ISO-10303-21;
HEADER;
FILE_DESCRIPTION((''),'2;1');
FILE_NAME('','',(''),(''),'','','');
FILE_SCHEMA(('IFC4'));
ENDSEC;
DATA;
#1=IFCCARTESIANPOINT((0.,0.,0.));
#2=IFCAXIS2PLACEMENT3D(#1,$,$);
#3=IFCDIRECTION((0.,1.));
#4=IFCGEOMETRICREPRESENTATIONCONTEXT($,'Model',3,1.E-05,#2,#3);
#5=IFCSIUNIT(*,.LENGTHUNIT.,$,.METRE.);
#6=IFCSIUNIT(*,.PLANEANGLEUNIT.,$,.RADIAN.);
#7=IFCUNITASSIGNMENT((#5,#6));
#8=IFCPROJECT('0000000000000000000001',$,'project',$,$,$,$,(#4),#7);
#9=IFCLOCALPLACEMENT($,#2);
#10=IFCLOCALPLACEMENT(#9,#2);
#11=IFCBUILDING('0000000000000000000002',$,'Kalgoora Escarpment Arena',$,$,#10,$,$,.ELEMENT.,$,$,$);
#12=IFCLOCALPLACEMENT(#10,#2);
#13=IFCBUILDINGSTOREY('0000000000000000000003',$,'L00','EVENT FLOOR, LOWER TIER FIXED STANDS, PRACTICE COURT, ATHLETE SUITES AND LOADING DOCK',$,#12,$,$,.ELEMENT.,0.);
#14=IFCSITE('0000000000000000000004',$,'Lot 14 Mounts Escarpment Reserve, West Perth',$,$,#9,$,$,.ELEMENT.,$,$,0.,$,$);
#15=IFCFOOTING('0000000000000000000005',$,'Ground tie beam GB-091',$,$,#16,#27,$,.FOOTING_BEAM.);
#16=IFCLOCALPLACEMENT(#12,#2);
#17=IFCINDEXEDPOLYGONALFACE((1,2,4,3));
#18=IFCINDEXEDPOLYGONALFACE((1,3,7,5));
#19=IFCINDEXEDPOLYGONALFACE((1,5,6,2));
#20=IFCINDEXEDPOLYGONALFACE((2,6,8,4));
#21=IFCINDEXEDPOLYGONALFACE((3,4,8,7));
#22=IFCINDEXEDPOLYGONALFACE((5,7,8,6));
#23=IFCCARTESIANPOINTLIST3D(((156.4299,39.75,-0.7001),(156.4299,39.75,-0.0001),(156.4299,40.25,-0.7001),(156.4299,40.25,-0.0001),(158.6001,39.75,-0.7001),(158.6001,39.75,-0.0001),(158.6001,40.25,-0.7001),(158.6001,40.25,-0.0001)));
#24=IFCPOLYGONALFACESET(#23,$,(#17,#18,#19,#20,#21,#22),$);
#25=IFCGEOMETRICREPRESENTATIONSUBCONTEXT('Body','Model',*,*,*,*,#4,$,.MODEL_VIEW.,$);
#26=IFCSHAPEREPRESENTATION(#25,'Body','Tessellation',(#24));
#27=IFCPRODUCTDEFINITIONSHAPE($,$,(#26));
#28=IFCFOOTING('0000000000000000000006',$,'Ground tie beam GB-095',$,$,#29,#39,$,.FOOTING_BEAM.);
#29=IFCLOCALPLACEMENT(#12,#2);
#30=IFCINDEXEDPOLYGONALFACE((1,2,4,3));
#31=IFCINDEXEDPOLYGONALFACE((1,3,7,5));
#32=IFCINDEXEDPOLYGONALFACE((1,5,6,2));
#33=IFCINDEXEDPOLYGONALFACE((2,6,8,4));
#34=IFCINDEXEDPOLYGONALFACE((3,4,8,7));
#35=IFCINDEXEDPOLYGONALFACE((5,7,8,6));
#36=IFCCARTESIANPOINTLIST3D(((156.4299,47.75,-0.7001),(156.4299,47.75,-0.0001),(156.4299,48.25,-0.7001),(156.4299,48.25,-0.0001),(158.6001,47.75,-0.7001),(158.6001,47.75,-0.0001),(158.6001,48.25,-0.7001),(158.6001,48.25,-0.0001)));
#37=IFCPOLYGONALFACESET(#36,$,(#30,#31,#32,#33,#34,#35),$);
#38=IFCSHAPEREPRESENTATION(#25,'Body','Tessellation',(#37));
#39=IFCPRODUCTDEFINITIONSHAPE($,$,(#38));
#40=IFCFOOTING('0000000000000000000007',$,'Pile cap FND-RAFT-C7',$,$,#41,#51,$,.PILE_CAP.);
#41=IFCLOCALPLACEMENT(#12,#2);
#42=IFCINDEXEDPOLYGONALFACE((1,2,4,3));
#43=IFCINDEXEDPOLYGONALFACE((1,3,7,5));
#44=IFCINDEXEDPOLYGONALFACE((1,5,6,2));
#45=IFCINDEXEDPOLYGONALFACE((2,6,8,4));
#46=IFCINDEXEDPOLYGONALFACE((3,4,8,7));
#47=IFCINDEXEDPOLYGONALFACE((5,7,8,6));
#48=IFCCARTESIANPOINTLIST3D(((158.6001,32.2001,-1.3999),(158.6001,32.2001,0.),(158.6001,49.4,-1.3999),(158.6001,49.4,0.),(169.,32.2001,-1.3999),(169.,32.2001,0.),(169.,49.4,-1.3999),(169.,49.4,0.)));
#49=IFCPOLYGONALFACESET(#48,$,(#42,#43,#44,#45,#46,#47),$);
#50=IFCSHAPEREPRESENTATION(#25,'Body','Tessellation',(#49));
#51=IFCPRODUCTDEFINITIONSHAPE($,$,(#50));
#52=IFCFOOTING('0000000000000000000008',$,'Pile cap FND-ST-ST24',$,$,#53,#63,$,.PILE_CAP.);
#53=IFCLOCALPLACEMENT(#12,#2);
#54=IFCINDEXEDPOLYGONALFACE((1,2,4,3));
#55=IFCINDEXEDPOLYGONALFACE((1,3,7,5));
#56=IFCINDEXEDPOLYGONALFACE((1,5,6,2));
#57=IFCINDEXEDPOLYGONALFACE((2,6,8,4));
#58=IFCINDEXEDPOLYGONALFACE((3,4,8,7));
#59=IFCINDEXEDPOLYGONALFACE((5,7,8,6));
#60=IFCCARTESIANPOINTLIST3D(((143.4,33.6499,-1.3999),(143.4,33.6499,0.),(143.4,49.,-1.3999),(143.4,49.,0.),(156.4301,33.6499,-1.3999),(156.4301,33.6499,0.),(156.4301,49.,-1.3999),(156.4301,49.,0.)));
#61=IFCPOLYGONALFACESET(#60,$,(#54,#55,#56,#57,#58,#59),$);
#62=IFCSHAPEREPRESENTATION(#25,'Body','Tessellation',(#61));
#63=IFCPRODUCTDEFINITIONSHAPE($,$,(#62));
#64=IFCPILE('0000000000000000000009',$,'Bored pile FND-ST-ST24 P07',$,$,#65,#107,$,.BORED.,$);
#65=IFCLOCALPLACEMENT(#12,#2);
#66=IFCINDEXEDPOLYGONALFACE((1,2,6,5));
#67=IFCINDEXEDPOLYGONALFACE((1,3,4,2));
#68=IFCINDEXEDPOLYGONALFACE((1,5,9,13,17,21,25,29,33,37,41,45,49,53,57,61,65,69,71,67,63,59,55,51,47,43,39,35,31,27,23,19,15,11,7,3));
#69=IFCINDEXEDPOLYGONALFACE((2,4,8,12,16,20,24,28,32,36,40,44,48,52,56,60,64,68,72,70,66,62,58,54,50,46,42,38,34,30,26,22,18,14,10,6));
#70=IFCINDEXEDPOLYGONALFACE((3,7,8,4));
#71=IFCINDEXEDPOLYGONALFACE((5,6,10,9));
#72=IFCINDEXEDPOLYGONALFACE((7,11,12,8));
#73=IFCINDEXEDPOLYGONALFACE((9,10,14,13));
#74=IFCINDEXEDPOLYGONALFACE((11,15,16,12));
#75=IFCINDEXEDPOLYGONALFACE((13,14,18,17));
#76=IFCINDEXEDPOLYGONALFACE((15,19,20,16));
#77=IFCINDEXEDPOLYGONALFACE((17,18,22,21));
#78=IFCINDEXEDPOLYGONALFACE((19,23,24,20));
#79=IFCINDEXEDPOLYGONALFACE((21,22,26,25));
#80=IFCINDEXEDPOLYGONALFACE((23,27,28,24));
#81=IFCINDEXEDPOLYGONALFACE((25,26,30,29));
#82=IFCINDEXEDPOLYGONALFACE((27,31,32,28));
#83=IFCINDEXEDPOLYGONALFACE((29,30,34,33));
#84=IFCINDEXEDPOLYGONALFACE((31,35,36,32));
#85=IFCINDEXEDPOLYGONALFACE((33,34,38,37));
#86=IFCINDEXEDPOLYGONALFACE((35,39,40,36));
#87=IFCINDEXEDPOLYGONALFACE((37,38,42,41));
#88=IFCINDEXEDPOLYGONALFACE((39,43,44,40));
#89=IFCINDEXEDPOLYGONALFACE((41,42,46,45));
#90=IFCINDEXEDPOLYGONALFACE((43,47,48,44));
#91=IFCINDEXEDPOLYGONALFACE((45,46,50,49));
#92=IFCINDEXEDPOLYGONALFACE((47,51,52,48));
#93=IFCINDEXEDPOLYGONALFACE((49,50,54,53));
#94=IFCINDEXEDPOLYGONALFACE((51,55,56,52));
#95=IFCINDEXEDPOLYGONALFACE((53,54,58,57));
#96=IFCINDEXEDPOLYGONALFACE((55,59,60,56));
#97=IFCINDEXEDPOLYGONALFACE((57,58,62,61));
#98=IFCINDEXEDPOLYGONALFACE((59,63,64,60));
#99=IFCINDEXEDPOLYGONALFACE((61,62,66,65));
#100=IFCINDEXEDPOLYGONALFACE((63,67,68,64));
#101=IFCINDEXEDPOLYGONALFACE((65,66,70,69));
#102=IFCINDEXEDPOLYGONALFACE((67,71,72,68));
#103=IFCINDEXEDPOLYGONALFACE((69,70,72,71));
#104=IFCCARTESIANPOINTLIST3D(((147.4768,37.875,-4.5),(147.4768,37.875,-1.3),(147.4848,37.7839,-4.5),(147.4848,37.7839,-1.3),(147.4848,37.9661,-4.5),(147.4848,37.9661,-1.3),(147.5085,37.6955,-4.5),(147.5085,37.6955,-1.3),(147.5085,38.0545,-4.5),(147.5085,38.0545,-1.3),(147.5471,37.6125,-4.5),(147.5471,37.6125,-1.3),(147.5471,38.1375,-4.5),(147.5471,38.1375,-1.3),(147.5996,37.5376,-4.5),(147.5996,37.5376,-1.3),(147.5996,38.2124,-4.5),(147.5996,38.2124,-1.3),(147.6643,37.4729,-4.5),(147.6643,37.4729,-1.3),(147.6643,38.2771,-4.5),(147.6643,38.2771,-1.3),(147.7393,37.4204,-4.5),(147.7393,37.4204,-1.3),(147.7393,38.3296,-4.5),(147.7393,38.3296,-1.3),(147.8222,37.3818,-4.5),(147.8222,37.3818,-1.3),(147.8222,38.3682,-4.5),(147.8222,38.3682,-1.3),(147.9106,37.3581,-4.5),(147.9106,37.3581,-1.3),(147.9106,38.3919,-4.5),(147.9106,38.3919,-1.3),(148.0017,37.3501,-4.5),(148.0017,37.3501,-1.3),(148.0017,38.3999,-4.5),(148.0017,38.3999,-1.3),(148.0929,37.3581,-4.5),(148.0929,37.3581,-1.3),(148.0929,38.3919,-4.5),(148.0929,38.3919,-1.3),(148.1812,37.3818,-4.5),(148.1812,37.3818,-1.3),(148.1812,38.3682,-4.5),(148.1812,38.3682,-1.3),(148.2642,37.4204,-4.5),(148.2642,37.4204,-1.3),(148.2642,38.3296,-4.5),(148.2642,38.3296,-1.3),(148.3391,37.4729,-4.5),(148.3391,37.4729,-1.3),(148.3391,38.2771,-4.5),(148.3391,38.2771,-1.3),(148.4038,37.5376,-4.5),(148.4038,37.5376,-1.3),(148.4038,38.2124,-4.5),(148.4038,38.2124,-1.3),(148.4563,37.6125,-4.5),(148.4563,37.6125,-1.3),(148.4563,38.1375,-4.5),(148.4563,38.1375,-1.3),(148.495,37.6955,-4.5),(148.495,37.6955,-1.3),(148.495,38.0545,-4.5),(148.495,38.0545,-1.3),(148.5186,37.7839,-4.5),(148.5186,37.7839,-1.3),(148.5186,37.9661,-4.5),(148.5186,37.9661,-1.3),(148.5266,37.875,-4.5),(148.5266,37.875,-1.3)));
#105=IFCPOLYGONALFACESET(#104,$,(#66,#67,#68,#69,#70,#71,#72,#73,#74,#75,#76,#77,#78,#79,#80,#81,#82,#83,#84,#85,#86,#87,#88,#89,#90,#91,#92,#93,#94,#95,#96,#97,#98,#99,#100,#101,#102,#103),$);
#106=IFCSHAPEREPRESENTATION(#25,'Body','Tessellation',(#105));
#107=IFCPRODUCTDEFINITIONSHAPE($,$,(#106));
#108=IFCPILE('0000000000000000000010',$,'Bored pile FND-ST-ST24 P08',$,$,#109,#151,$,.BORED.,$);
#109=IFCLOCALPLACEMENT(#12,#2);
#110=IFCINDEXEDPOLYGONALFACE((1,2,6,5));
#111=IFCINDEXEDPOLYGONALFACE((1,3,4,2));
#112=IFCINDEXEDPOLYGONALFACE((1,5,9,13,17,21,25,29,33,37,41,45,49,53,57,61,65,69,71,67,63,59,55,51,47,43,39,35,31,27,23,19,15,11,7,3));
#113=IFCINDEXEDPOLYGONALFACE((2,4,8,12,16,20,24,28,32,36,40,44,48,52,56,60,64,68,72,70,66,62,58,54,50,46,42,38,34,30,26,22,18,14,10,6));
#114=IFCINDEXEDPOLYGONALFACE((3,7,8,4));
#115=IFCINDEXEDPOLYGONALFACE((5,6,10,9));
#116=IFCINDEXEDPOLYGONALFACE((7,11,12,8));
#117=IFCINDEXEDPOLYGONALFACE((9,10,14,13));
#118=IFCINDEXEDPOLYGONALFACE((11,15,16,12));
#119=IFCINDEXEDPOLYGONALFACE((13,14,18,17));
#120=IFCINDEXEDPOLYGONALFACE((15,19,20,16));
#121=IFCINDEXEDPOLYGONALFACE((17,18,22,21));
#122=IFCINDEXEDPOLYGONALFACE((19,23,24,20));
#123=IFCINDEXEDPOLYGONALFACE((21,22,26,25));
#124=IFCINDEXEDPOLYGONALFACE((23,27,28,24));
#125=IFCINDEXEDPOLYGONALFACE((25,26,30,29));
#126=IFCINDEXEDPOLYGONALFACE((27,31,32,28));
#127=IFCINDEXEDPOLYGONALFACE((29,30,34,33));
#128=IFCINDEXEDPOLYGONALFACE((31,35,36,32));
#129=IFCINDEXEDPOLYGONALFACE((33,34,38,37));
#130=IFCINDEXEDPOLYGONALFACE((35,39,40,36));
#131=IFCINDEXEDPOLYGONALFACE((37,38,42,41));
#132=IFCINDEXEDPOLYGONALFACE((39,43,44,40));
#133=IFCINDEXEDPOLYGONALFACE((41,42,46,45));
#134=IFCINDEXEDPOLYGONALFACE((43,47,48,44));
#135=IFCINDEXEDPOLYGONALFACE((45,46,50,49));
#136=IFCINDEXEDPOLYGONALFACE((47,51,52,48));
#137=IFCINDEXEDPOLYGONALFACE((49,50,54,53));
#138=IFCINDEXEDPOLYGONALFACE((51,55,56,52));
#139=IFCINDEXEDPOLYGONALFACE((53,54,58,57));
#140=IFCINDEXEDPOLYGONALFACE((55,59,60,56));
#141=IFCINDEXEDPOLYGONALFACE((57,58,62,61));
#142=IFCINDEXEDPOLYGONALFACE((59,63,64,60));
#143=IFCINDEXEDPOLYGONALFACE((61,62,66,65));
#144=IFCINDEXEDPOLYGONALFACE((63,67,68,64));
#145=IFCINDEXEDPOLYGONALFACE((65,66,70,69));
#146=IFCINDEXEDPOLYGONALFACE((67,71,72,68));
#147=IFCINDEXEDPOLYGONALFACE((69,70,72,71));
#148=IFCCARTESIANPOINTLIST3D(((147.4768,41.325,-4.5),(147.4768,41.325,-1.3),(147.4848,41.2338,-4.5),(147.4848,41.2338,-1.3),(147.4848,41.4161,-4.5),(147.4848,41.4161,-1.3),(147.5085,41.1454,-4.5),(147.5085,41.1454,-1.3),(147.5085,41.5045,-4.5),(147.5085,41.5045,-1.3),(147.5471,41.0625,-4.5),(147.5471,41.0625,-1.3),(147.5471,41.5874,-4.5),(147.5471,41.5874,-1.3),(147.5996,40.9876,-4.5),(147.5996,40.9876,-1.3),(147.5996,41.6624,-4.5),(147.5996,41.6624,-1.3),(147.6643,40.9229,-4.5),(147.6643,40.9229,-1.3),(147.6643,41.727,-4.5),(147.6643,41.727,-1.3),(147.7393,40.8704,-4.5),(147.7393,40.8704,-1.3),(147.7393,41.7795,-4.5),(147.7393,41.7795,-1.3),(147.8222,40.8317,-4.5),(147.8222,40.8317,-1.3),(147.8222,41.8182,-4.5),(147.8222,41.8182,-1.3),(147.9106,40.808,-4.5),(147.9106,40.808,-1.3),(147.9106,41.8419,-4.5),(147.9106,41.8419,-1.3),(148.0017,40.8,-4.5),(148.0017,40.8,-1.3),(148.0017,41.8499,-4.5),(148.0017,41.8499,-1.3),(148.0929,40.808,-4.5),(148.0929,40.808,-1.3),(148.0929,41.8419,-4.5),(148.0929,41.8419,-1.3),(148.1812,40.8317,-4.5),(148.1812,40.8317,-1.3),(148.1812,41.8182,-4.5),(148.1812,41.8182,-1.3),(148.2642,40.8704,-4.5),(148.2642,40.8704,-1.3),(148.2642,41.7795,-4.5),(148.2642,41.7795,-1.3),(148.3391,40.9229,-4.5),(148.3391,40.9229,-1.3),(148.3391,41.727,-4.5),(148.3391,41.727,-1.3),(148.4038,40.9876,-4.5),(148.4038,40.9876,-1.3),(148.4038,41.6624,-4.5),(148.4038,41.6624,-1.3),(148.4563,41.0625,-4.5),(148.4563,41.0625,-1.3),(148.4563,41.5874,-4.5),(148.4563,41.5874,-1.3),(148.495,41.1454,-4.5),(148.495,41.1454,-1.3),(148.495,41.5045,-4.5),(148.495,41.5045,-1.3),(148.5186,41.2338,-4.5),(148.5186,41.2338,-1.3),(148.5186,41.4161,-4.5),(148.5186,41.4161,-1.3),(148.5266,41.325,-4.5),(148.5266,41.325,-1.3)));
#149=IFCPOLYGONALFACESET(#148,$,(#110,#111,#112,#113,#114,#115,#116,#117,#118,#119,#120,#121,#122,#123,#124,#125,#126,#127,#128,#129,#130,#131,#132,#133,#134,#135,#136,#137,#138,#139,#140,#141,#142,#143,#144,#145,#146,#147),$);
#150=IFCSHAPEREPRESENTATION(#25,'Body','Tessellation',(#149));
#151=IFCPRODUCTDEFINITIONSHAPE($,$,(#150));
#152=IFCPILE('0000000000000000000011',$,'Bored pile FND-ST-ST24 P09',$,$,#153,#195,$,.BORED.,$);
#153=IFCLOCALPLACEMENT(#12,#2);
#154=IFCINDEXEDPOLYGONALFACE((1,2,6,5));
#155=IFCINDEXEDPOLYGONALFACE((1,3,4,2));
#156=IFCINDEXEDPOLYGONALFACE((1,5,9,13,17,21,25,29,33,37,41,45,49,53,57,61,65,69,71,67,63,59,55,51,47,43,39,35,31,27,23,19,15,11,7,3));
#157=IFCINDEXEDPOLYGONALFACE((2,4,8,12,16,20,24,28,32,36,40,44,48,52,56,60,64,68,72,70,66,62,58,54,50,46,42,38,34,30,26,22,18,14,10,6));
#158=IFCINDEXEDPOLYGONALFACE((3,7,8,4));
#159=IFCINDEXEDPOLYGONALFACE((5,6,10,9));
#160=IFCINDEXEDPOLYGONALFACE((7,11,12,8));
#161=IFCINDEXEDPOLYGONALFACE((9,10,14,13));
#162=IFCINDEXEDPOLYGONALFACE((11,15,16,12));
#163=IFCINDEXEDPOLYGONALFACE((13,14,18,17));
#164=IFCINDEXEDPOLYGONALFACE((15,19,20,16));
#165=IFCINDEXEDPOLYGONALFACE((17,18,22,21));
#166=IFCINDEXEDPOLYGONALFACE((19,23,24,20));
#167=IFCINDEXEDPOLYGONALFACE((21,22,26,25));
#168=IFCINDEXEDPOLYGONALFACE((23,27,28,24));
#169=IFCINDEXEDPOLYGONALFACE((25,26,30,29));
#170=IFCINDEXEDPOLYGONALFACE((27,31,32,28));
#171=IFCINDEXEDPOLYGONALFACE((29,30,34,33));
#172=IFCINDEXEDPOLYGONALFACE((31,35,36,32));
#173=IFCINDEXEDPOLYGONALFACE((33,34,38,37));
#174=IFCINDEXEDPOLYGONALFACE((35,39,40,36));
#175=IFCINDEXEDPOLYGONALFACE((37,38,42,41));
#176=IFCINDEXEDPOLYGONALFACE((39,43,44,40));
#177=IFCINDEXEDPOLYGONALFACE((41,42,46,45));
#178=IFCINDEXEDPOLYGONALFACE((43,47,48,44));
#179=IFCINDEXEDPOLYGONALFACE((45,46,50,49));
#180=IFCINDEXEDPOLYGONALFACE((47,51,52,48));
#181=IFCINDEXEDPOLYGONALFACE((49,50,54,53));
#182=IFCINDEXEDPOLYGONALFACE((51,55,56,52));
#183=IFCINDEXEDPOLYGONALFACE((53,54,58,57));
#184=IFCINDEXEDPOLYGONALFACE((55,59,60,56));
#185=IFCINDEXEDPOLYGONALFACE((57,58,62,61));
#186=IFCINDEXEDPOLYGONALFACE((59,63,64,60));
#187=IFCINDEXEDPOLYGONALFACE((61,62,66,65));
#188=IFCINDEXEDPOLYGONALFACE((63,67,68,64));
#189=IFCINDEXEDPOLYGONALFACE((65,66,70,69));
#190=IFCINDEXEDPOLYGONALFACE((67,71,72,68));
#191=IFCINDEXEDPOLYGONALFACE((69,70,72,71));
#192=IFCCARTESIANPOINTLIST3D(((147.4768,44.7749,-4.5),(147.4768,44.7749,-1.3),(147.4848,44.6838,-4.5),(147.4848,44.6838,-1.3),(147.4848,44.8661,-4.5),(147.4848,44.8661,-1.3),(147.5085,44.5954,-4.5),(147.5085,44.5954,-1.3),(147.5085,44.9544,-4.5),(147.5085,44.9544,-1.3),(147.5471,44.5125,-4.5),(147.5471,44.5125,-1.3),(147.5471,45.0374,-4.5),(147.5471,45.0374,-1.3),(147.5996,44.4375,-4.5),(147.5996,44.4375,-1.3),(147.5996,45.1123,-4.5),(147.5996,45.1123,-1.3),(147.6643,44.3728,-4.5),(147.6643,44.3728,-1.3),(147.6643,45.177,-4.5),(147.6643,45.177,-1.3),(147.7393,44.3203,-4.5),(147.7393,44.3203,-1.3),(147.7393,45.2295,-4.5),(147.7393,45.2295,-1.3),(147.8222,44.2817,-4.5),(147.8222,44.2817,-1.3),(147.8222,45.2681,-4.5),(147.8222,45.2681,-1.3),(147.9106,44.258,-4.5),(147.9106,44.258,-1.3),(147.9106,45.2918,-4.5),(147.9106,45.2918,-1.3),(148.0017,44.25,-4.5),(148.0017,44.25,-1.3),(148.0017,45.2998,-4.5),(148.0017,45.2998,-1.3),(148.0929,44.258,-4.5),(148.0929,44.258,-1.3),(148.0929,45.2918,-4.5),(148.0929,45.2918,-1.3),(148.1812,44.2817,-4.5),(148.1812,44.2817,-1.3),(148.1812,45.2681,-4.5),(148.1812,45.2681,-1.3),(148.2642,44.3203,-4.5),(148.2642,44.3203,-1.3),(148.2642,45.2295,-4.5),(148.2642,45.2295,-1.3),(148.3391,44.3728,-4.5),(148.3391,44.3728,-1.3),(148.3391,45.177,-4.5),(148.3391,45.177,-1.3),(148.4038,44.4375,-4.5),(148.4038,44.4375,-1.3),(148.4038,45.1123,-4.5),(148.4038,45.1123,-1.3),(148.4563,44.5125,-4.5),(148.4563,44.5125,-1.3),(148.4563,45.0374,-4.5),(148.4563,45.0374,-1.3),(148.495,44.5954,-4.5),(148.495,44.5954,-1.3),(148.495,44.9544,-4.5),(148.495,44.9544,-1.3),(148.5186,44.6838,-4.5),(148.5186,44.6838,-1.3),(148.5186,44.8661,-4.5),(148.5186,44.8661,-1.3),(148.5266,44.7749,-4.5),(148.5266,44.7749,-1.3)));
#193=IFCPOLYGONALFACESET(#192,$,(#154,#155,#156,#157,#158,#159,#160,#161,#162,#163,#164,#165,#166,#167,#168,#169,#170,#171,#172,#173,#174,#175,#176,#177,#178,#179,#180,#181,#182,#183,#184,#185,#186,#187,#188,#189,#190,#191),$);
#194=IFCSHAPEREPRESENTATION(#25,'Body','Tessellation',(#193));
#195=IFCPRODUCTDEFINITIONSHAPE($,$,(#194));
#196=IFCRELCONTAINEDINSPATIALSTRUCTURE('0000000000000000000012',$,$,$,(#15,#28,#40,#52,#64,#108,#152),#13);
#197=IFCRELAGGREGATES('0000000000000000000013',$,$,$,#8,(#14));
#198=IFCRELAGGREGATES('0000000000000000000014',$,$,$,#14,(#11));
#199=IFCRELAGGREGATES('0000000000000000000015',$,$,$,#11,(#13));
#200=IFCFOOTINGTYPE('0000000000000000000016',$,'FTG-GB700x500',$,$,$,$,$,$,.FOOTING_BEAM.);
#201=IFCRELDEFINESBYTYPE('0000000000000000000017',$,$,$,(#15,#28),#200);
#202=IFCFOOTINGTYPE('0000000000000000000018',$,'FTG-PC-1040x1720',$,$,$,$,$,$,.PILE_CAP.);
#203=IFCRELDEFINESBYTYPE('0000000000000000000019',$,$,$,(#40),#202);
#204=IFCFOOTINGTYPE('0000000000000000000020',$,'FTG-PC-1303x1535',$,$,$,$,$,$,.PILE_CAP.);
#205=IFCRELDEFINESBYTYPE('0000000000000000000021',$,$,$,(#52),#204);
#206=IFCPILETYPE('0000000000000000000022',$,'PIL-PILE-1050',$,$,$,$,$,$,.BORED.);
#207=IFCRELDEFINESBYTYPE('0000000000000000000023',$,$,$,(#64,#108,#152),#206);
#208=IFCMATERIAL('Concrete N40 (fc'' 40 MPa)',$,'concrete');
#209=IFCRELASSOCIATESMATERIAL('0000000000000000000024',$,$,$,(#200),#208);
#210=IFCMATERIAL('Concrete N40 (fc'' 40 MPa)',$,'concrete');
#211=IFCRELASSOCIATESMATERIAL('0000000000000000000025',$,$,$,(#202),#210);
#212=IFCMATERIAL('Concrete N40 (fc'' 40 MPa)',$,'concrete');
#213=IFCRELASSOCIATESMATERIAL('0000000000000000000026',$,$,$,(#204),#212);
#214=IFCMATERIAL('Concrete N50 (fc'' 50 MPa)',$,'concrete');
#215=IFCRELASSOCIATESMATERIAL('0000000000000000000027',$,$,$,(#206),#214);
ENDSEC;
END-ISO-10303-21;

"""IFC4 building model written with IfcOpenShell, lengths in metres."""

from ifc_helpers import new_model, si_unit, direction, frame, origin, origin_2d, place, context, subcontext, project, spatial, rectangle, circle, extrude, material, material_profile, profile_set, type_object, element, save


model = new_model("IFC4")

# Units and contexts
model_context = context("Model", 3, precision=1e-05, world=origin(), true_north=direction((0.0, 1.0)))
body_context = subcontext(model_context, "Body", "Model", "MODEL_VIEW")
ifc_project = project(units=[si_unit("LENGTHUNIT", "METRE"), si_unit("PLANEANGLEUNIT", "RADIAN")], contexts=[model_context])

# Site, building, storey
site_placement = place(None, origin())
site = spatial("IfcSite", under=ifc_project, at=site_placement, Name="Lot 14 Mounts Escarpment Reserve, West Perth", CompositionType="ELEMENT", RefElevation=0.0)
building_placement = place(site_placement, origin())
building = spatial("IfcBuilding", under=site, at=building_placement, Name="Kalgoora Escarpment Arena", CompositionType="ELEMENT")
storey_placement = place(building_placement, origin())
storey = spatial("IfcBuildingStorey", under=building, at=storey_placement, Name="L00", Description="EVENT FLOOR, LOWER TIER FIXED STANDS, PRACTICE COURT, ATHLETE SUITES AND LOADING DOCK", CompositionType="ELEMENT", Elevation=0.0)

# Footings
ifc_material_1 = material(Name="Concrete N40 (fc' 40 MPa)", Category="concrete")
ifc_material_profile_1 = material_profile(ifc_material_1, rectangle(XDim=0.5, YDim=0.7, at=origin_2d()))
ifc_profile_set_1 = profile_set([ifc_material_profile_1], Name="Concrete N40 (fc' 40 MPa)")
footing_type_1 = type_object("IfcFootingType", Name="FTG-GB700x500", PredefinedType="FOOTING_BEAM", material=ifc_profile_set_1)
for number, where, z_axis, x_axis, name in (
    (1, (156.4299, 40.0, -0.3501), (1.0, 0.0, 0.0), (0.0, 1.0, 0.0), "Ground tie beam GB-091"),
    (2, (156.4299, 48.0, -0.3501), (1.0, 0.0, 0.0), (0.0, 1.0, 0.0), "Ground tie beam GB-095"),
):
    element("IfcFooting", number, at=place(storey_placement, frame(where, z_axis=z_axis, x_axis=x_axis)), inside=storey, type_object=footing_type_1, Name=name, PredefinedType="FOOTING_BEAM", context=body_context, shape_type="SweptSolid", body=[
        extrude(rectangle(XDim=0.5, YDim=0.7, at=origin_2d()), origin(), (0.0, 0.0, 1.0), 2.1702),
    ])
ifc_material_2 = material(Name="Concrete N40 (fc' 40 MPa)", Category="concrete")
footing_type_2 = type_object("IfcFootingType", Name="FTG-PC-1040x1720", PredefinedType="PILE_CAP", material=ifc_material_2)
footing_1_placement = place(storey_placement, frame((163.8, 40.8, -1.3999), z_axis=(0.0, 0.0, 1.0), x_axis=(1.0, 0.0, 0.0)))
element("IfcFooting", 3, at=footing_1_placement, inside=storey, type_object=footing_type_2, Name="Pile cap FND-RAFT-C7", PredefinedType="PILE_CAP", context=body_context, shape_type="SweptSolid", body=[
    extrude(rectangle(XDim=10.3999, YDim=17.2, at=origin_2d()), origin(), (0.0, 0.0, 1.0), 1.3999),
])
ifc_material_3 = material(Name="Concrete N40 (fc' 40 MPa)", Category="concrete")
footing_type_3 = type_object("IfcFootingType", Name="FTG-PC-1303x1535", PredefinedType="PILE_CAP", material=ifc_material_3)
footing_2_placement = place(storey_placement, frame((149.915, 41.325, -1.3999), z_axis=(0.0, 0.0, 1.0), x_axis=(1.0, 0.0, 0.0)))
element("IfcFooting", 4, at=footing_2_placement, inside=storey, type_object=footing_type_3, Name="Pile cap FND-ST-ST24", PredefinedType="PILE_CAP", context=body_context, shape_type="SweptSolid", body=[
    extrude(rectangle(XDim=13.03, YDim=15.3501, at=origin_2d()), origin(), (0.0, 0.0, 1.0), 1.3999),
])

# Piles
ifc_material_4 = material(Name="Concrete N50 (fc' 50 MPa)", Category="concrete")
ifc_material_profile_2 = material_profile(ifc_material_4, circle(Radius=0.5249, at=origin_2d()))
ifc_profile_set_2 = profile_set([ifc_material_profile_2], Name="Concrete N50 (fc' 50 MPa)")
pile_type_1 = type_object("IfcPileType", Name="PIL-PILE-1050", PredefinedType="BORED", material=ifc_profile_set_2)
for number, where, z_axis, x_axis, name in (
    (5, (148.0017, 37.875, -1.3), (0.0, 0.0, -1.0), (1.0, 0.0, 0.0), "Bored pile FND-ST-ST24 P07"),
    (6, (148.0017, 41.325, -1.3), (0.0, 0.0, -1.0), (1.0, 0.0, 0.0), "Bored pile FND-ST-ST24 P08"),
    (7, (148.0017, 44.7749, -1.3), (0.0, 0.0, -1.0), (1.0, 0.0, 0.0), "Bored pile FND-ST-ST24 P09"),
):
    element("IfcPile", number, at=place(storey_placement, frame(where, z_axis=z_axis, x_axis=x_axis)), inside=storey, type_object=pile_type_1, Name=name, PredefinedType="BORED", context=body_context, shape_type="SweptSolid", body=[
        extrude(circle(Radius=0.5249, at=origin_2d()), origin(), (0.0, 0.0, 1.0), 3.2),
    ])

save(model, "model.ifc")
